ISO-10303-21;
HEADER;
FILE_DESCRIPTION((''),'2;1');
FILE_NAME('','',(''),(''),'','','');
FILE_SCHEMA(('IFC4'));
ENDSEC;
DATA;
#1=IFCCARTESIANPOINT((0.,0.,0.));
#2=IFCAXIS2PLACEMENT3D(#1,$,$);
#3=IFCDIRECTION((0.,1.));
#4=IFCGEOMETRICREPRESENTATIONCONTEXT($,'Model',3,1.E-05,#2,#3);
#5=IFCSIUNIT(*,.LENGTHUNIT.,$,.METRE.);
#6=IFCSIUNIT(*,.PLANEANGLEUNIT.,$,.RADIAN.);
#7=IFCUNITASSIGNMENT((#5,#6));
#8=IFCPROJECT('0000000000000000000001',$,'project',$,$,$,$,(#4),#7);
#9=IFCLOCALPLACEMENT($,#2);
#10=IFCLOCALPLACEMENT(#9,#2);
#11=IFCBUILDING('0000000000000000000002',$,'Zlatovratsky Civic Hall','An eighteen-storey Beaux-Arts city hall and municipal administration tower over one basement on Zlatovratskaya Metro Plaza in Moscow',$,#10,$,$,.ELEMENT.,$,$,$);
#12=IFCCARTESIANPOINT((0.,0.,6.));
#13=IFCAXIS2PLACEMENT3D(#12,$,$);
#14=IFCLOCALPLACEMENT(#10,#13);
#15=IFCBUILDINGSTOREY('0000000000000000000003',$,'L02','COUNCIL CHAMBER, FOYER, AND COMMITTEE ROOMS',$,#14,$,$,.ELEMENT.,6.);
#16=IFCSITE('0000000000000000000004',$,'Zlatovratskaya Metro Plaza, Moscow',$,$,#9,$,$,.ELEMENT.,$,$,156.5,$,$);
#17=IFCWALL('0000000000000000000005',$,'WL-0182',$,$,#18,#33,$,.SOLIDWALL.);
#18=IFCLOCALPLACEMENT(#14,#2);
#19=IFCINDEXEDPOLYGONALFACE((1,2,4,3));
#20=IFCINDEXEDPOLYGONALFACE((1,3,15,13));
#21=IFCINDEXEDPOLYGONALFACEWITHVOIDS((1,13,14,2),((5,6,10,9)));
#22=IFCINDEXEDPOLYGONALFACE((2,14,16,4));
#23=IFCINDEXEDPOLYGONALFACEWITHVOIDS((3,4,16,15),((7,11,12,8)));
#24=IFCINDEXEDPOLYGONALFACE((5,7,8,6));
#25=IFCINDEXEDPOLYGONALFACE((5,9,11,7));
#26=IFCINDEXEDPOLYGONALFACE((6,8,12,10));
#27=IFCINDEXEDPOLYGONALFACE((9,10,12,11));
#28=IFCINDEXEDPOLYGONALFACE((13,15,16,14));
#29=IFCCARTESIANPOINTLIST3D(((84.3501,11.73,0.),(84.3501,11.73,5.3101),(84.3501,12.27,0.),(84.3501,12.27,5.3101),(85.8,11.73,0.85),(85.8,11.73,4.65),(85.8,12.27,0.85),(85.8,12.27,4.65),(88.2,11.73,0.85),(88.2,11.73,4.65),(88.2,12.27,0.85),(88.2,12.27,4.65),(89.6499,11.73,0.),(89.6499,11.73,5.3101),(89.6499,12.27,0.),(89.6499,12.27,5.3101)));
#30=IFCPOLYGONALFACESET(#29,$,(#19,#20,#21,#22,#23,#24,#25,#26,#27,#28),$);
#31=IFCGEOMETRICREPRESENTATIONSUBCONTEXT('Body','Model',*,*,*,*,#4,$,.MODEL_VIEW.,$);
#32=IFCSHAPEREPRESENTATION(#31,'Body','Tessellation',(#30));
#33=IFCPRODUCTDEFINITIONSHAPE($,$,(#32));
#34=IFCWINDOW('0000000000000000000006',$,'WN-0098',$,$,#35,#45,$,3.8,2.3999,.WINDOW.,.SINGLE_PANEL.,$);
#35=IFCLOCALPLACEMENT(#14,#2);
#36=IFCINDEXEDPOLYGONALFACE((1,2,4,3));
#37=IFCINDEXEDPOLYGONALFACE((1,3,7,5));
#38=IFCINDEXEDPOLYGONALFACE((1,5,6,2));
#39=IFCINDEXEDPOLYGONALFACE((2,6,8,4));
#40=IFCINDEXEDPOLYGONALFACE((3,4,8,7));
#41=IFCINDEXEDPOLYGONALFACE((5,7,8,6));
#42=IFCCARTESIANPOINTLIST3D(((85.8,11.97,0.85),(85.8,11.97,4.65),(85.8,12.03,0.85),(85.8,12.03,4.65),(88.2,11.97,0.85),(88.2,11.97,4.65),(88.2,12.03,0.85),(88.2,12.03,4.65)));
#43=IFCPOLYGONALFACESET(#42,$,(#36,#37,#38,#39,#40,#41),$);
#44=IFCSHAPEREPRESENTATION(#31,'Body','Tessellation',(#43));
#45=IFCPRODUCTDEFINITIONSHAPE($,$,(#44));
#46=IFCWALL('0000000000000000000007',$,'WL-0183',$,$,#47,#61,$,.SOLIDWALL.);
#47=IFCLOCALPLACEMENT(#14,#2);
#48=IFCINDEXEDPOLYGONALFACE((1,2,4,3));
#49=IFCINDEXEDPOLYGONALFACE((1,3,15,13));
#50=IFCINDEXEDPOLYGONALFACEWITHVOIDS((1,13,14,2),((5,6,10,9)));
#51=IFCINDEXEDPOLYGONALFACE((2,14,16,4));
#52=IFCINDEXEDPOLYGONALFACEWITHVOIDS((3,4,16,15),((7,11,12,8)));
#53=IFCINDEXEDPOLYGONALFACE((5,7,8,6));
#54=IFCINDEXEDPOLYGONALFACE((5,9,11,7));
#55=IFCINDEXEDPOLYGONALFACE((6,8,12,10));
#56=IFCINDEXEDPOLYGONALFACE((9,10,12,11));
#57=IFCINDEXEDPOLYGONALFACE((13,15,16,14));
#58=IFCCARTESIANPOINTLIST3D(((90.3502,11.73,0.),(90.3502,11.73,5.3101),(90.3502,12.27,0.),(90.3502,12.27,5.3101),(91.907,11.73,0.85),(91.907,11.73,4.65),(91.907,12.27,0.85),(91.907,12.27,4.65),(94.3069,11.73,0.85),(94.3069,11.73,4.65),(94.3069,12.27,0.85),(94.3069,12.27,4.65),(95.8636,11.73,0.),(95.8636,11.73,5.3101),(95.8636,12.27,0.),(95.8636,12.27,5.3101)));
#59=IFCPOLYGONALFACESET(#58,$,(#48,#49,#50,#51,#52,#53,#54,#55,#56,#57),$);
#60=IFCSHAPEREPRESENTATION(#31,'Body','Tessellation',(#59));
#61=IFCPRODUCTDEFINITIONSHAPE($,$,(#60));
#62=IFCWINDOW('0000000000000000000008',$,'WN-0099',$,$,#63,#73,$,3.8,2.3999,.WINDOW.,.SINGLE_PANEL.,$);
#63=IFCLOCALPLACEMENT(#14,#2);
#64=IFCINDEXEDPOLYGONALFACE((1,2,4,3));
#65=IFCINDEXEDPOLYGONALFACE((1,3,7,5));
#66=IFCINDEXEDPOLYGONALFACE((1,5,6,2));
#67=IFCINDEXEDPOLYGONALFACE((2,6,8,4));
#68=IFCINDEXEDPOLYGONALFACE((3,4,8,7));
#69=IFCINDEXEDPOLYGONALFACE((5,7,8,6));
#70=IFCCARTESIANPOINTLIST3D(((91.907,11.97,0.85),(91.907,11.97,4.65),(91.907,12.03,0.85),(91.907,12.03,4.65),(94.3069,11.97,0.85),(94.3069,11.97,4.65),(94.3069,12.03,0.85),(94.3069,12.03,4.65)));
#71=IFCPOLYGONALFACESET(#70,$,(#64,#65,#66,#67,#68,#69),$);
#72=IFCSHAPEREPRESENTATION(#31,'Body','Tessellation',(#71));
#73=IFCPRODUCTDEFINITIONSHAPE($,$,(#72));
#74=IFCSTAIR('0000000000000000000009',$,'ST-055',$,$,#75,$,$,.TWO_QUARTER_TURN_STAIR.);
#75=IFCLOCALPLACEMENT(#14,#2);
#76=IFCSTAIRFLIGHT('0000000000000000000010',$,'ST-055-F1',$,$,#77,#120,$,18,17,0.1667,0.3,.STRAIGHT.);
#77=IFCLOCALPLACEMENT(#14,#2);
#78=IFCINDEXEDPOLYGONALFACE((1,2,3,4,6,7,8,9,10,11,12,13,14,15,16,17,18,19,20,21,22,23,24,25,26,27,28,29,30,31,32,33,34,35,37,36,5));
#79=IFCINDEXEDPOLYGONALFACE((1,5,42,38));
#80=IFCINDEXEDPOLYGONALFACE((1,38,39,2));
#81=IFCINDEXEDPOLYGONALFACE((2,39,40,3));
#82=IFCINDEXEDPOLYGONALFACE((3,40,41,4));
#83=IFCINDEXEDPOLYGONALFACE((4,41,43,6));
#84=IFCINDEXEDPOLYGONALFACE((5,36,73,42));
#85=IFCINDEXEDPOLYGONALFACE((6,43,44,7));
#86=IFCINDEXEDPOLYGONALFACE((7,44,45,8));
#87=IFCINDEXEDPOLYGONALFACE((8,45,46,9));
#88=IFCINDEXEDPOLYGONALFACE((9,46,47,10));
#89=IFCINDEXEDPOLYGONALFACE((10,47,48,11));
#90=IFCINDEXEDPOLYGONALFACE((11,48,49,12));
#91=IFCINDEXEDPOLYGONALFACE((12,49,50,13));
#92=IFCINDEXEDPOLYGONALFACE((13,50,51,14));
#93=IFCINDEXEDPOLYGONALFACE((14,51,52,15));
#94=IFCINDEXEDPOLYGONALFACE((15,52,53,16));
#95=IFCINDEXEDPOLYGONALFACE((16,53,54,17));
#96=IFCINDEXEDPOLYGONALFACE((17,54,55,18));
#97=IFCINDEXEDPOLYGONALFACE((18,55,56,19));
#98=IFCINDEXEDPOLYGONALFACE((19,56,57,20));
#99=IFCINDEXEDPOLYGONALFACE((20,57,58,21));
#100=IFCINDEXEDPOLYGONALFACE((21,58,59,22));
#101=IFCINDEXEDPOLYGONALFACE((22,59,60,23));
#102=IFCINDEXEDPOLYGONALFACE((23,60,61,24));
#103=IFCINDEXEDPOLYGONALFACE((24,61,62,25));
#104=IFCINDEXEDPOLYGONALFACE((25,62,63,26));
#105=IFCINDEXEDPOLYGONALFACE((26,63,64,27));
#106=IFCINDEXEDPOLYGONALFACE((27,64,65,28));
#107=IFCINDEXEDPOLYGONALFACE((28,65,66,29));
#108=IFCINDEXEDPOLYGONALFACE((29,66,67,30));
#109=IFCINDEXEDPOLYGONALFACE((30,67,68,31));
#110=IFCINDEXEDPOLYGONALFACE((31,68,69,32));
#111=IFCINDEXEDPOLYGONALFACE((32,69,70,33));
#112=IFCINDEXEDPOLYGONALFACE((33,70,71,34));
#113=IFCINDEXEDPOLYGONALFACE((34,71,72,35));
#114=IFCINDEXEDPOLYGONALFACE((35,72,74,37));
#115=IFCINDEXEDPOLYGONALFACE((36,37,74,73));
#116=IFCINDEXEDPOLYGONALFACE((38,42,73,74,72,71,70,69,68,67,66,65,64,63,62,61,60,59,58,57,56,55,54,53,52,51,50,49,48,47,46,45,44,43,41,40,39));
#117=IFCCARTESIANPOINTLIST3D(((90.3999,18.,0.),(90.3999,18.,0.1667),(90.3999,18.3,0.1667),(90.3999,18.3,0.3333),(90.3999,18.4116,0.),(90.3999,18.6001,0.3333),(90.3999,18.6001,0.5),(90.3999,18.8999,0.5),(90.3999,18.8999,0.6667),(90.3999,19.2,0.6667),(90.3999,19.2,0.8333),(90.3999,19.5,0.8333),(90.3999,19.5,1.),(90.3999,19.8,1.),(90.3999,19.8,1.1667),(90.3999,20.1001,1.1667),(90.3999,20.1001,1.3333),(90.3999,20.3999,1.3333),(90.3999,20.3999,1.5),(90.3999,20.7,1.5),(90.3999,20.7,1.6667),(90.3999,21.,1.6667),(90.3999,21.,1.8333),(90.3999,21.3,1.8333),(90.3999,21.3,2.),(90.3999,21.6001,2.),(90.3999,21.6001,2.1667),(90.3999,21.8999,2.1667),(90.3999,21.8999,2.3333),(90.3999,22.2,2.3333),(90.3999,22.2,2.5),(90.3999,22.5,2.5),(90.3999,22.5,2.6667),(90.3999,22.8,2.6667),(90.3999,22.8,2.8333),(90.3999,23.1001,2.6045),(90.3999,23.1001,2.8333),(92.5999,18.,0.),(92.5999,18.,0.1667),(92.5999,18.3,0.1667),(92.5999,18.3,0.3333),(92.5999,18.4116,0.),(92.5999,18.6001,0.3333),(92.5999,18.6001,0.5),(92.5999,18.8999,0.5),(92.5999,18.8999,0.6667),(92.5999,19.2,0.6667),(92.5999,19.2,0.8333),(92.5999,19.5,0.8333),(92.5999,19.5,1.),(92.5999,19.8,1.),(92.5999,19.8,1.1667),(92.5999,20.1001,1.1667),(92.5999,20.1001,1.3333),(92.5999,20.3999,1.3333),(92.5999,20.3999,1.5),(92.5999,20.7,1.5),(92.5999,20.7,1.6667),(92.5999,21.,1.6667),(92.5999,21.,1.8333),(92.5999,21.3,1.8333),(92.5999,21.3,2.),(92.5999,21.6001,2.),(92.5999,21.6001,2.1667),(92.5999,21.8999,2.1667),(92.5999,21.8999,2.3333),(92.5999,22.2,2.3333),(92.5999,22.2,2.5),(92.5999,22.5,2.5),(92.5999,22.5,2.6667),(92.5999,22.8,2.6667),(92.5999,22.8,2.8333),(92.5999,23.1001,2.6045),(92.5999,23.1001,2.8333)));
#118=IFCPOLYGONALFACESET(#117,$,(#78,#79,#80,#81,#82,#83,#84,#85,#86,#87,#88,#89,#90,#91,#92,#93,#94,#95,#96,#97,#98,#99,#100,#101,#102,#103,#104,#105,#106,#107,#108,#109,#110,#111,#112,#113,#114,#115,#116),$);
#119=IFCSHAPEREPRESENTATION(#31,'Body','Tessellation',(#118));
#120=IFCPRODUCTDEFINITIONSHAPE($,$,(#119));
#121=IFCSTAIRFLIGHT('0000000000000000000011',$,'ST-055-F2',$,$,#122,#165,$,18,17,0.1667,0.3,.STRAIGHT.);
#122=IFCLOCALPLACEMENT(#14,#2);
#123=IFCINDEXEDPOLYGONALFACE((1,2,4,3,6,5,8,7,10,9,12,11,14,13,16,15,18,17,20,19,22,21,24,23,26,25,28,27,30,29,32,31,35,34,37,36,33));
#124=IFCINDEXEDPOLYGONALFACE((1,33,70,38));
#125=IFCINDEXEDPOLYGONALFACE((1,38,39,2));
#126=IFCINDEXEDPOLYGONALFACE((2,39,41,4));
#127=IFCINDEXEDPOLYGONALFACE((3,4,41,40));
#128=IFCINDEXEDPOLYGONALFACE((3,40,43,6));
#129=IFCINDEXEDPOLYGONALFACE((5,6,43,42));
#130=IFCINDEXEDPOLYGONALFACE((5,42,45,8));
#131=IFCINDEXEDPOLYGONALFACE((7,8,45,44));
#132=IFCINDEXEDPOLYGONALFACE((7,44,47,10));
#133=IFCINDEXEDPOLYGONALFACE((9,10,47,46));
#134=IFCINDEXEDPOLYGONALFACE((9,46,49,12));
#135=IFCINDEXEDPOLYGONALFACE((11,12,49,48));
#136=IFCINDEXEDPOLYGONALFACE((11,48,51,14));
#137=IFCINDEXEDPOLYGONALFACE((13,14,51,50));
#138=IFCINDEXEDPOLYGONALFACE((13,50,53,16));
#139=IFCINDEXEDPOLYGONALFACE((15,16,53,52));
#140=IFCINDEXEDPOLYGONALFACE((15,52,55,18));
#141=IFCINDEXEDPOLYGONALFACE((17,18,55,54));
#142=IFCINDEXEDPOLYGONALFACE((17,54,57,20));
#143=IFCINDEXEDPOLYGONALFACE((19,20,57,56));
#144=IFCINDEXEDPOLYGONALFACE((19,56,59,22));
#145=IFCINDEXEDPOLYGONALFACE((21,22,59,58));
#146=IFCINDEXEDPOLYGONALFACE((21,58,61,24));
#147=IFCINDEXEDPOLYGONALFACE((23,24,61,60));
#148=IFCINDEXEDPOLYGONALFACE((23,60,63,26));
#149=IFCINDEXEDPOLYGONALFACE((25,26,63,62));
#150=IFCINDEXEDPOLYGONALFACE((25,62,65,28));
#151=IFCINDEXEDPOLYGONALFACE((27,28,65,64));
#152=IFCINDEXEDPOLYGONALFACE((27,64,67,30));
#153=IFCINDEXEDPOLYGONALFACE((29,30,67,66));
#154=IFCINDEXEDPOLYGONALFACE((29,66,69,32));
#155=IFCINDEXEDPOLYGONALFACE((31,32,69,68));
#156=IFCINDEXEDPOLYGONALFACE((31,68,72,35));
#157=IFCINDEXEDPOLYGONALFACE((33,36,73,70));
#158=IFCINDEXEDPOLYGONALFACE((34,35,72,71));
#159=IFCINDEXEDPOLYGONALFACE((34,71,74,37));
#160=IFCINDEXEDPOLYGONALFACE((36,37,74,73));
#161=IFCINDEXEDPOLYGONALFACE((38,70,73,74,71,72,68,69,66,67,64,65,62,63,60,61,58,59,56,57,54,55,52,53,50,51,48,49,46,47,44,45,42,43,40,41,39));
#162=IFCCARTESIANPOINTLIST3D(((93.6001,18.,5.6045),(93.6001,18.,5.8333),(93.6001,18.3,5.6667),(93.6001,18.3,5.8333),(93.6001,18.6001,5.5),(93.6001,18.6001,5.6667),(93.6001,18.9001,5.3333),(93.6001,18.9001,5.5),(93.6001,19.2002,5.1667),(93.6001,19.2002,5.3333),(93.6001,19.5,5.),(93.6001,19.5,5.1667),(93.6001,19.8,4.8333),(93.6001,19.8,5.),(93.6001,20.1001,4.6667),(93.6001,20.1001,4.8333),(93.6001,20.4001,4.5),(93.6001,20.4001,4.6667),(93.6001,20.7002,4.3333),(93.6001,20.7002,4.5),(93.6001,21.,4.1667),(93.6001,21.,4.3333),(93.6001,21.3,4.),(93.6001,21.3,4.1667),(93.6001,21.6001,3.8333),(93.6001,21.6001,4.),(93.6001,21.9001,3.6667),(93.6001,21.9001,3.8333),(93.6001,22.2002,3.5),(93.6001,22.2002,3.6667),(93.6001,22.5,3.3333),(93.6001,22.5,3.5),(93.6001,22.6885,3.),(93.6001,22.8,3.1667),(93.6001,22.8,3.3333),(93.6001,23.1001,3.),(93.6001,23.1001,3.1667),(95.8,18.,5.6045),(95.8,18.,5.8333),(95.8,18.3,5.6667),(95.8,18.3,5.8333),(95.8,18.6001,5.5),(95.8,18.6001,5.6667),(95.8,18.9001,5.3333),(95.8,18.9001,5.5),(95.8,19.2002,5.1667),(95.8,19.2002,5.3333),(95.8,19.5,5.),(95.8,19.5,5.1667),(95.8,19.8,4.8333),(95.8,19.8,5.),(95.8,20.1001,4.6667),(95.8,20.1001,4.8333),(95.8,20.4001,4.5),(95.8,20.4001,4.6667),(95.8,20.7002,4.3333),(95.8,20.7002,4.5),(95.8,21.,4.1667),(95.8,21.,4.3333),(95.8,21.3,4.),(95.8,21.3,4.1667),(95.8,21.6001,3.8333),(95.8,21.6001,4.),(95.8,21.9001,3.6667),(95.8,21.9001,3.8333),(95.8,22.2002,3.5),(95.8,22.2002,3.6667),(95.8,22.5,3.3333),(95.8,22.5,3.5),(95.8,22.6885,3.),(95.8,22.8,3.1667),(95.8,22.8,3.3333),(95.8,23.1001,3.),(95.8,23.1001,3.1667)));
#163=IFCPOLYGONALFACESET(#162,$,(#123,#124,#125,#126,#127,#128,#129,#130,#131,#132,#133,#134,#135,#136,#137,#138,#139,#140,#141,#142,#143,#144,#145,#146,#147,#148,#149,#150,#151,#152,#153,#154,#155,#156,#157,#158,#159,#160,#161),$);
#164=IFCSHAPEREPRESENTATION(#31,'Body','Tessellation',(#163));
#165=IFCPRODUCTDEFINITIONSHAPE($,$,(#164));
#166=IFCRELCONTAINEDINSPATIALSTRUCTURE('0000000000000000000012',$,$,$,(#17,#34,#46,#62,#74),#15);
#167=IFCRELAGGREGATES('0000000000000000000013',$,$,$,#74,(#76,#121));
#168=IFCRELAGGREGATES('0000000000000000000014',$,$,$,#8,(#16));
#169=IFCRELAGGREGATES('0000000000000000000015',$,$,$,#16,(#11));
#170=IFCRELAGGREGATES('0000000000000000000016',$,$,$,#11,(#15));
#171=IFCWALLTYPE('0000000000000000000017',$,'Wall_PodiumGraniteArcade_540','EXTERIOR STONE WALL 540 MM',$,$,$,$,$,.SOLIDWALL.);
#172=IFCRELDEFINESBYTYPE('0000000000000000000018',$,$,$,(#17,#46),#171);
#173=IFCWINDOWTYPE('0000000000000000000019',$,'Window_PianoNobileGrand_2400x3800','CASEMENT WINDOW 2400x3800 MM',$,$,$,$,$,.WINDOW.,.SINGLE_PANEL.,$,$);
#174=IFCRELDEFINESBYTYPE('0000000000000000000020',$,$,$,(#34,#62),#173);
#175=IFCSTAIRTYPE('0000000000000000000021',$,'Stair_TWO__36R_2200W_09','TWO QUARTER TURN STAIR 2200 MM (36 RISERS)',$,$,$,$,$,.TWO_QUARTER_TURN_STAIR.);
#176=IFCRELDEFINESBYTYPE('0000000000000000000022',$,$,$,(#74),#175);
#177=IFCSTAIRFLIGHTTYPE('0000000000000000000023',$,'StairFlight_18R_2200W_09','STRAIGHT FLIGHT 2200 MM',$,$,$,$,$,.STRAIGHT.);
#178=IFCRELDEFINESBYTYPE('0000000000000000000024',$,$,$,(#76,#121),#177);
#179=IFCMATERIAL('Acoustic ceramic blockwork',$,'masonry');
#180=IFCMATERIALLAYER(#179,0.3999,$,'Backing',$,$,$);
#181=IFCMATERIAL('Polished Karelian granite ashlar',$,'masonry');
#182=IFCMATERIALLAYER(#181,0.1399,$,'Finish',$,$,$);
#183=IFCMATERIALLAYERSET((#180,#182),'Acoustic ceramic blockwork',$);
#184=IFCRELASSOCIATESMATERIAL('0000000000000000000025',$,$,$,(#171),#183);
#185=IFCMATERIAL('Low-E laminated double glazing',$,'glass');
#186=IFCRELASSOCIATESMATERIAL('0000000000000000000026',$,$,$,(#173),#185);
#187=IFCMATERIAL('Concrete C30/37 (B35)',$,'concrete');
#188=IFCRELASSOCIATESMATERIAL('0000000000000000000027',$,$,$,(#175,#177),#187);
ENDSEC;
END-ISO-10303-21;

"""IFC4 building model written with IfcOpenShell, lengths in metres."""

from ifc_helpers import new_model, si_unit, direction, frame, frame_2d, origin, place, context, subcontext, project, spatial, polyline, rectangle, outline, extrude, material, layer, layer_set, type_object, element, fill, aggregate, save


model = new_model("IFC4")

# Units and contexts
model_context = context("Model", 3, precision=1e-05, world=origin(), true_north=direction((0.0, 1.0)))
body_context = subcontext(model_context, "Body", "Model", "MODEL_VIEW")
ifc_project = project(units=[si_unit("LENGTHUNIT", "METRE"), si_unit("PLANEANGLEUNIT", "RADIAN")], contexts=[model_context])

# Site, building, storey
site_placement = place(None, origin())
site = spatial("IfcSite", under=ifc_project, at=site_placement, Name="Zlatovratskaya Metro Plaza, Moscow", CompositionType="ELEMENT", RefElevation=156.5)
building_placement = place(site_placement, origin())
building = spatial("IfcBuilding", under=site, at=building_placement, Name="Zlatovratsky Civic Hall", Description="An eighteen-storey Beaux-Arts city hall and municipal administration tower over one basement on Zlatovratskaya Metro Plaza in Moscow", CompositionType="ELEMENT")
storey_placement = place(building_placement, frame((0.0, 0.0, 6.0)))
storey = spatial("IfcBuildingStorey", under=building, at=storey_placement, Name="L02", Description="COUNCIL CHAMBER, FOYER, AND COMMITTEE ROOMS", CompositionType="ELEMENT", Elevation=6.0)

# Walls, openings, windows
ifc_material_1 = material(Name="Acoustic ceramic blockwork", Category="masonry")
ifc_layer_1 = layer(ifc_material_1, 0.3999, Name="Backing")
ifc_material_2 = material(Name="Polished Karelian granite ashlar", Category="masonry")
ifc_layer_2 = layer(ifc_material_2, 0.1399, Name="Finish")
ifc_layer_set = layer_set([ifc_layer_1, ifc_layer_2], Name="Acoustic ceramic blockwork")
wall_type = type_object("IfcWallType", Name="Wall_PodiumGraniteArcade_540", Description="EXTERIOR STONE WALL 540 MM", PredefinedType="SOLIDWALL", material=ifc_layer_set)
wall_1_placement = place(storey_placement, frame((84.3501, 12.0, 0.0), z_axis=(0.0, 0.0, 1.0), x_axis=(1.0, 0.0, 0.0)))
wall_1 = element("IfcWall", 1, at=wall_1_placement, inside=storey, type_object=wall_type, Name="WL-0182", PredefinedType="SOLIDWALL", context=body_context, shape_type="SweptSolid", body=[
    extrude(rectangle(XDim=5.2998, YDim=0.54, at=frame_2d((2.6499, 0.0))), origin(), (0.0, 0.0, 1.0), 5.3101),
])
opening_1_placement = place(wall_1_placement, frame((1.45, 0.0, 0.8501)))
opening_1 = element("IfcOpeningElement", 2, at=opening_1_placement, cuts=wall_1, PredefinedType="OPENING", context=body_context, shape_type="SweptSolid", body=[
    extrude(rectangle(XDim=2.3999, YDim=3.8, at=frame_2d((1.2, 1.8999))), frame((0.0, 0.2849, 0.0), z_axis=(0.0, -1.0, 0.0), x_axis=(1.0, 0.0, 0.0)), (0.0, 0.0, 1.0), 0.5698),
])
ifc_material_3 = material(Name="Low-E laminated double glazing", Category="glass")
window_type = type_object("IfcWindowType", Name="Window_PianoNobileGrand_2400x3800", Description="CASEMENT WINDOW 2400x3800 MM", PartitioningType="SINGLE_PANEL", PredefinedType="WINDOW", material=ifc_material_3)
window_1_placement = place(opening_1_placement, origin())
window_1 = element("IfcWindow", 3, at=window_1_placement, inside=storey, type_object=window_type, Name="WN-0098", OverallHeight=3.8, OverallWidth=2.3999, PartitioningType="SINGLE_PANEL", PredefinedType="WINDOW", context=body_context, shape_type="SweptSolid", body=[
    extrude(rectangle(XDim=2.3999, YDim=3.8, at=frame_2d((1.2, 1.8999))), frame((0.0, 0.03, 0.0), z_axis=(0.0, -1.0, 0.0), x_axis=(1.0, 0.0, 0.0)), (0.0, 0.0, 1.0), 0.0601),
])
fill(opening_1, window_1)
wall_2_placement = place(storey_placement, frame((90.3501, 12.0, 0.0), z_axis=(0.0, 0.0, 1.0), x_axis=(1.0, 0.0, 0.0)))
wall_2 = element("IfcWall", 4, at=wall_2_placement, inside=storey, type_object=wall_type, Name="WL-0183", PredefinedType="SOLIDWALL", context=body_context, shape_type="SweptSolid", body=[
    extrude(rectangle(XDim=5.5134, YDim=0.54, at=frame_2d((2.7568, 0.0))), origin(), (0.0, 0.0, 1.0), 5.3101),
])
opening_2_placement = place(wall_2_placement, frame((1.5569, 0.0, 0.8501)))
opening_2 = element("IfcOpeningElement", 5, at=opening_2_placement, cuts=wall_2, PredefinedType="OPENING", context=body_context, shape_type="SweptSolid", body=[
    extrude(rectangle(XDim=2.3999, YDim=3.8, at=frame_2d((1.2, 1.8999))), frame((0.0, 0.2849, 0.0), z_axis=(0.0, -1.0, 0.0), x_axis=(1.0, 0.0, 0.0)), (0.0, 0.0, 1.0), 0.5698),
])
window_2_placement = place(opening_2_placement, origin())
window_2 = element("IfcWindow", 6, at=window_2_placement, inside=storey, type_object=window_type, Name="WN-0099", OverallHeight=3.8, OverallWidth=2.3999, PartitioningType="SINGLE_PANEL", PredefinedType="WINDOW", context=body_context, shape_type="SweptSolid", body=[
    extrude(rectangle(XDim=2.3999, YDim=3.8, at=frame_2d((1.2, 1.8999))), frame((0.0, 0.03, 0.0), z_axis=(0.0, -1.0, 0.0), x_axis=(1.0, 0.0, 0.0)), (0.0, 0.0, 1.0), 0.0601),
])
fill(opening_2, window_2)

# Stair, stair flights
ifc_material_4 = material(Name="Concrete C30/37 (B35)", Category="concrete")
stair_type = type_object("IfcStairType", Name="Stair_TWO__36R_2200W_09", Description="TWO QUARTER TURN STAIR 2200 MM (36 RISERS)", PredefinedType="TWO_QUARTER_TURN_STAIR", material=ifc_material_4)
stair_placement = place(storey_placement, origin())
stair = element("IfcStair", 7, at=stair_placement, inside=storey, type_object=stair_type, Name="ST-055", PredefinedType="TWO_QUARTER_TURN_STAIR")
stair_flight_type = type_object("IfcStairFlightType", Name="StairFlight_18R_2200W_09", Description="STRAIGHT FLIGHT 2200 MM", PredefinedType="STRAIGHT", material=ifc_material_4)
stair_flight_1_placement = place(storey_placement, frame((91.5, 18.0, 0.0), z_axis=(0.0, 0.0, 1.0), x_axis=(0.0, 1.0, 0.0)))
stair_flight_1 = element("IfcStairFlight", 8, at=stair_flight_1_placement, type_object=stair_flight_type, Name="ST-055-F1", NumberOfRisers=18, NumberOfTreads=17, PredefinedType="STRAIGHT", RiserHeight=0.1667, TreadLength=0.3, context=body_context, shape_type="SweptSolid", body=[
    extrude(outline(polyline([(0.0, 0.0), (0.0, 0.1667), (0.3, 0.1667), (0.3, 0.3333), (0.6001, 0.3333), (0.6001, 0.5), (0.8999, 0.5), (0.8999, 0.6667), (1.2, 0.6667), (1.2, 0.8333), (1.5, 0.8333), (1.5, 1.0), (1.8, 1.0), (1.8, 1.1667), (2.1001, 1.1667), (2.1001, 1.3333), (2.3999, 1.3333), (2.3999, 1.5), (2.7, 1.5), (2.7, 1.6667), (3.0, 1.6667), (3.0, 1.8333), (3.3, 1.8333), (3.3, 2.0), (3.6001, 2.0), (3.6001, 2.1667), (3.8999, 2.1667), (3.8999, 2.3333), (4.2, 2.3333), (4.2, 2.5), (4.5, 2.5), (4.5, 2.6667), (4.8, 2.6667), (4.8, 2.8333), (5.1001, 2.8333), (5.1001, 3.0), (5.1001, 2.6045), (0.4116, 0.0), (0.0, 0.0)])), frame((0.0, 1.1001, 0.0), z_axis=(0.0, -1.0, 0.0), x_axis=(1.0, 0.0, 0.0)), (0.0, 0.0, 1.0), 2.2),
])
stair_flight_2_placement = place(storey_placement, frame((94.7, 23.1001, 3.0), z_axis=(0.0, 0.0, 1.0), x_axis=(0.0, -1.0, 0.0)))
stair_flight_2 = element("IfcStairFlight", 9, at=stair_flight_2_placement, type_object=stair_flight_type, Name="ST-055-F2", NumberOfRisers=18, NumberOfTreads=17, PredefinedType="STRAIGHT", RiserHeight=0.1667, TreadLength=0.3, context=body_context, shape_type="SweptSolid", body=[
    extrude(outline(polyline([(0.0, 0.0), (0.0, 0.1667), (0.3, 0.1667), (0.3, 0.3333), (0.6001, 0.3333), (0.6001, 0.5), (0.8999, 0.5), (0.8999, 0.6667), (1.2, 0.6667), (1.2, 0.8333), (1.5, 0.8333), (1.5, 1.0), (1.8, 1.0), (1.8, 1.1667), (2.1001, 1.1667), (2.1001, 1.3333), (2.3999, 1.3333), (2.3999, 1.5), (2.7, 1.5), (2.7, 1.6667), (3.0, 1.6667), (3.0, 1.8333), (3.3, 1.8333), (3.3, 2.0), (3.6001, 2.0), (3.6001, 2.1667), (3.8999, 2.1667), (3.8999, 2.3333), (4.2, 2.3333), (4.2, 2.5), (4.5, 2.5), (4.5, 2.6667), (4.8, 2.6667), (4.8, 2.8333), (5.1001, 2.8333), (5.1001, 3.0), (5.1001, 2.6045), (0.4116, 0.0), (0.0, 0.0)])), frame((0.0, 1.1001, 0.0), z_axis=(0.0, -1.0, 0.0), x_axis=(1.0, 0.0, 0.0)), (0.0, 0.0, 1.0), 2.2),
])
aggregate(stair, [stair_flight_1, stair_flight_2])

save(model, "model.ifc")
